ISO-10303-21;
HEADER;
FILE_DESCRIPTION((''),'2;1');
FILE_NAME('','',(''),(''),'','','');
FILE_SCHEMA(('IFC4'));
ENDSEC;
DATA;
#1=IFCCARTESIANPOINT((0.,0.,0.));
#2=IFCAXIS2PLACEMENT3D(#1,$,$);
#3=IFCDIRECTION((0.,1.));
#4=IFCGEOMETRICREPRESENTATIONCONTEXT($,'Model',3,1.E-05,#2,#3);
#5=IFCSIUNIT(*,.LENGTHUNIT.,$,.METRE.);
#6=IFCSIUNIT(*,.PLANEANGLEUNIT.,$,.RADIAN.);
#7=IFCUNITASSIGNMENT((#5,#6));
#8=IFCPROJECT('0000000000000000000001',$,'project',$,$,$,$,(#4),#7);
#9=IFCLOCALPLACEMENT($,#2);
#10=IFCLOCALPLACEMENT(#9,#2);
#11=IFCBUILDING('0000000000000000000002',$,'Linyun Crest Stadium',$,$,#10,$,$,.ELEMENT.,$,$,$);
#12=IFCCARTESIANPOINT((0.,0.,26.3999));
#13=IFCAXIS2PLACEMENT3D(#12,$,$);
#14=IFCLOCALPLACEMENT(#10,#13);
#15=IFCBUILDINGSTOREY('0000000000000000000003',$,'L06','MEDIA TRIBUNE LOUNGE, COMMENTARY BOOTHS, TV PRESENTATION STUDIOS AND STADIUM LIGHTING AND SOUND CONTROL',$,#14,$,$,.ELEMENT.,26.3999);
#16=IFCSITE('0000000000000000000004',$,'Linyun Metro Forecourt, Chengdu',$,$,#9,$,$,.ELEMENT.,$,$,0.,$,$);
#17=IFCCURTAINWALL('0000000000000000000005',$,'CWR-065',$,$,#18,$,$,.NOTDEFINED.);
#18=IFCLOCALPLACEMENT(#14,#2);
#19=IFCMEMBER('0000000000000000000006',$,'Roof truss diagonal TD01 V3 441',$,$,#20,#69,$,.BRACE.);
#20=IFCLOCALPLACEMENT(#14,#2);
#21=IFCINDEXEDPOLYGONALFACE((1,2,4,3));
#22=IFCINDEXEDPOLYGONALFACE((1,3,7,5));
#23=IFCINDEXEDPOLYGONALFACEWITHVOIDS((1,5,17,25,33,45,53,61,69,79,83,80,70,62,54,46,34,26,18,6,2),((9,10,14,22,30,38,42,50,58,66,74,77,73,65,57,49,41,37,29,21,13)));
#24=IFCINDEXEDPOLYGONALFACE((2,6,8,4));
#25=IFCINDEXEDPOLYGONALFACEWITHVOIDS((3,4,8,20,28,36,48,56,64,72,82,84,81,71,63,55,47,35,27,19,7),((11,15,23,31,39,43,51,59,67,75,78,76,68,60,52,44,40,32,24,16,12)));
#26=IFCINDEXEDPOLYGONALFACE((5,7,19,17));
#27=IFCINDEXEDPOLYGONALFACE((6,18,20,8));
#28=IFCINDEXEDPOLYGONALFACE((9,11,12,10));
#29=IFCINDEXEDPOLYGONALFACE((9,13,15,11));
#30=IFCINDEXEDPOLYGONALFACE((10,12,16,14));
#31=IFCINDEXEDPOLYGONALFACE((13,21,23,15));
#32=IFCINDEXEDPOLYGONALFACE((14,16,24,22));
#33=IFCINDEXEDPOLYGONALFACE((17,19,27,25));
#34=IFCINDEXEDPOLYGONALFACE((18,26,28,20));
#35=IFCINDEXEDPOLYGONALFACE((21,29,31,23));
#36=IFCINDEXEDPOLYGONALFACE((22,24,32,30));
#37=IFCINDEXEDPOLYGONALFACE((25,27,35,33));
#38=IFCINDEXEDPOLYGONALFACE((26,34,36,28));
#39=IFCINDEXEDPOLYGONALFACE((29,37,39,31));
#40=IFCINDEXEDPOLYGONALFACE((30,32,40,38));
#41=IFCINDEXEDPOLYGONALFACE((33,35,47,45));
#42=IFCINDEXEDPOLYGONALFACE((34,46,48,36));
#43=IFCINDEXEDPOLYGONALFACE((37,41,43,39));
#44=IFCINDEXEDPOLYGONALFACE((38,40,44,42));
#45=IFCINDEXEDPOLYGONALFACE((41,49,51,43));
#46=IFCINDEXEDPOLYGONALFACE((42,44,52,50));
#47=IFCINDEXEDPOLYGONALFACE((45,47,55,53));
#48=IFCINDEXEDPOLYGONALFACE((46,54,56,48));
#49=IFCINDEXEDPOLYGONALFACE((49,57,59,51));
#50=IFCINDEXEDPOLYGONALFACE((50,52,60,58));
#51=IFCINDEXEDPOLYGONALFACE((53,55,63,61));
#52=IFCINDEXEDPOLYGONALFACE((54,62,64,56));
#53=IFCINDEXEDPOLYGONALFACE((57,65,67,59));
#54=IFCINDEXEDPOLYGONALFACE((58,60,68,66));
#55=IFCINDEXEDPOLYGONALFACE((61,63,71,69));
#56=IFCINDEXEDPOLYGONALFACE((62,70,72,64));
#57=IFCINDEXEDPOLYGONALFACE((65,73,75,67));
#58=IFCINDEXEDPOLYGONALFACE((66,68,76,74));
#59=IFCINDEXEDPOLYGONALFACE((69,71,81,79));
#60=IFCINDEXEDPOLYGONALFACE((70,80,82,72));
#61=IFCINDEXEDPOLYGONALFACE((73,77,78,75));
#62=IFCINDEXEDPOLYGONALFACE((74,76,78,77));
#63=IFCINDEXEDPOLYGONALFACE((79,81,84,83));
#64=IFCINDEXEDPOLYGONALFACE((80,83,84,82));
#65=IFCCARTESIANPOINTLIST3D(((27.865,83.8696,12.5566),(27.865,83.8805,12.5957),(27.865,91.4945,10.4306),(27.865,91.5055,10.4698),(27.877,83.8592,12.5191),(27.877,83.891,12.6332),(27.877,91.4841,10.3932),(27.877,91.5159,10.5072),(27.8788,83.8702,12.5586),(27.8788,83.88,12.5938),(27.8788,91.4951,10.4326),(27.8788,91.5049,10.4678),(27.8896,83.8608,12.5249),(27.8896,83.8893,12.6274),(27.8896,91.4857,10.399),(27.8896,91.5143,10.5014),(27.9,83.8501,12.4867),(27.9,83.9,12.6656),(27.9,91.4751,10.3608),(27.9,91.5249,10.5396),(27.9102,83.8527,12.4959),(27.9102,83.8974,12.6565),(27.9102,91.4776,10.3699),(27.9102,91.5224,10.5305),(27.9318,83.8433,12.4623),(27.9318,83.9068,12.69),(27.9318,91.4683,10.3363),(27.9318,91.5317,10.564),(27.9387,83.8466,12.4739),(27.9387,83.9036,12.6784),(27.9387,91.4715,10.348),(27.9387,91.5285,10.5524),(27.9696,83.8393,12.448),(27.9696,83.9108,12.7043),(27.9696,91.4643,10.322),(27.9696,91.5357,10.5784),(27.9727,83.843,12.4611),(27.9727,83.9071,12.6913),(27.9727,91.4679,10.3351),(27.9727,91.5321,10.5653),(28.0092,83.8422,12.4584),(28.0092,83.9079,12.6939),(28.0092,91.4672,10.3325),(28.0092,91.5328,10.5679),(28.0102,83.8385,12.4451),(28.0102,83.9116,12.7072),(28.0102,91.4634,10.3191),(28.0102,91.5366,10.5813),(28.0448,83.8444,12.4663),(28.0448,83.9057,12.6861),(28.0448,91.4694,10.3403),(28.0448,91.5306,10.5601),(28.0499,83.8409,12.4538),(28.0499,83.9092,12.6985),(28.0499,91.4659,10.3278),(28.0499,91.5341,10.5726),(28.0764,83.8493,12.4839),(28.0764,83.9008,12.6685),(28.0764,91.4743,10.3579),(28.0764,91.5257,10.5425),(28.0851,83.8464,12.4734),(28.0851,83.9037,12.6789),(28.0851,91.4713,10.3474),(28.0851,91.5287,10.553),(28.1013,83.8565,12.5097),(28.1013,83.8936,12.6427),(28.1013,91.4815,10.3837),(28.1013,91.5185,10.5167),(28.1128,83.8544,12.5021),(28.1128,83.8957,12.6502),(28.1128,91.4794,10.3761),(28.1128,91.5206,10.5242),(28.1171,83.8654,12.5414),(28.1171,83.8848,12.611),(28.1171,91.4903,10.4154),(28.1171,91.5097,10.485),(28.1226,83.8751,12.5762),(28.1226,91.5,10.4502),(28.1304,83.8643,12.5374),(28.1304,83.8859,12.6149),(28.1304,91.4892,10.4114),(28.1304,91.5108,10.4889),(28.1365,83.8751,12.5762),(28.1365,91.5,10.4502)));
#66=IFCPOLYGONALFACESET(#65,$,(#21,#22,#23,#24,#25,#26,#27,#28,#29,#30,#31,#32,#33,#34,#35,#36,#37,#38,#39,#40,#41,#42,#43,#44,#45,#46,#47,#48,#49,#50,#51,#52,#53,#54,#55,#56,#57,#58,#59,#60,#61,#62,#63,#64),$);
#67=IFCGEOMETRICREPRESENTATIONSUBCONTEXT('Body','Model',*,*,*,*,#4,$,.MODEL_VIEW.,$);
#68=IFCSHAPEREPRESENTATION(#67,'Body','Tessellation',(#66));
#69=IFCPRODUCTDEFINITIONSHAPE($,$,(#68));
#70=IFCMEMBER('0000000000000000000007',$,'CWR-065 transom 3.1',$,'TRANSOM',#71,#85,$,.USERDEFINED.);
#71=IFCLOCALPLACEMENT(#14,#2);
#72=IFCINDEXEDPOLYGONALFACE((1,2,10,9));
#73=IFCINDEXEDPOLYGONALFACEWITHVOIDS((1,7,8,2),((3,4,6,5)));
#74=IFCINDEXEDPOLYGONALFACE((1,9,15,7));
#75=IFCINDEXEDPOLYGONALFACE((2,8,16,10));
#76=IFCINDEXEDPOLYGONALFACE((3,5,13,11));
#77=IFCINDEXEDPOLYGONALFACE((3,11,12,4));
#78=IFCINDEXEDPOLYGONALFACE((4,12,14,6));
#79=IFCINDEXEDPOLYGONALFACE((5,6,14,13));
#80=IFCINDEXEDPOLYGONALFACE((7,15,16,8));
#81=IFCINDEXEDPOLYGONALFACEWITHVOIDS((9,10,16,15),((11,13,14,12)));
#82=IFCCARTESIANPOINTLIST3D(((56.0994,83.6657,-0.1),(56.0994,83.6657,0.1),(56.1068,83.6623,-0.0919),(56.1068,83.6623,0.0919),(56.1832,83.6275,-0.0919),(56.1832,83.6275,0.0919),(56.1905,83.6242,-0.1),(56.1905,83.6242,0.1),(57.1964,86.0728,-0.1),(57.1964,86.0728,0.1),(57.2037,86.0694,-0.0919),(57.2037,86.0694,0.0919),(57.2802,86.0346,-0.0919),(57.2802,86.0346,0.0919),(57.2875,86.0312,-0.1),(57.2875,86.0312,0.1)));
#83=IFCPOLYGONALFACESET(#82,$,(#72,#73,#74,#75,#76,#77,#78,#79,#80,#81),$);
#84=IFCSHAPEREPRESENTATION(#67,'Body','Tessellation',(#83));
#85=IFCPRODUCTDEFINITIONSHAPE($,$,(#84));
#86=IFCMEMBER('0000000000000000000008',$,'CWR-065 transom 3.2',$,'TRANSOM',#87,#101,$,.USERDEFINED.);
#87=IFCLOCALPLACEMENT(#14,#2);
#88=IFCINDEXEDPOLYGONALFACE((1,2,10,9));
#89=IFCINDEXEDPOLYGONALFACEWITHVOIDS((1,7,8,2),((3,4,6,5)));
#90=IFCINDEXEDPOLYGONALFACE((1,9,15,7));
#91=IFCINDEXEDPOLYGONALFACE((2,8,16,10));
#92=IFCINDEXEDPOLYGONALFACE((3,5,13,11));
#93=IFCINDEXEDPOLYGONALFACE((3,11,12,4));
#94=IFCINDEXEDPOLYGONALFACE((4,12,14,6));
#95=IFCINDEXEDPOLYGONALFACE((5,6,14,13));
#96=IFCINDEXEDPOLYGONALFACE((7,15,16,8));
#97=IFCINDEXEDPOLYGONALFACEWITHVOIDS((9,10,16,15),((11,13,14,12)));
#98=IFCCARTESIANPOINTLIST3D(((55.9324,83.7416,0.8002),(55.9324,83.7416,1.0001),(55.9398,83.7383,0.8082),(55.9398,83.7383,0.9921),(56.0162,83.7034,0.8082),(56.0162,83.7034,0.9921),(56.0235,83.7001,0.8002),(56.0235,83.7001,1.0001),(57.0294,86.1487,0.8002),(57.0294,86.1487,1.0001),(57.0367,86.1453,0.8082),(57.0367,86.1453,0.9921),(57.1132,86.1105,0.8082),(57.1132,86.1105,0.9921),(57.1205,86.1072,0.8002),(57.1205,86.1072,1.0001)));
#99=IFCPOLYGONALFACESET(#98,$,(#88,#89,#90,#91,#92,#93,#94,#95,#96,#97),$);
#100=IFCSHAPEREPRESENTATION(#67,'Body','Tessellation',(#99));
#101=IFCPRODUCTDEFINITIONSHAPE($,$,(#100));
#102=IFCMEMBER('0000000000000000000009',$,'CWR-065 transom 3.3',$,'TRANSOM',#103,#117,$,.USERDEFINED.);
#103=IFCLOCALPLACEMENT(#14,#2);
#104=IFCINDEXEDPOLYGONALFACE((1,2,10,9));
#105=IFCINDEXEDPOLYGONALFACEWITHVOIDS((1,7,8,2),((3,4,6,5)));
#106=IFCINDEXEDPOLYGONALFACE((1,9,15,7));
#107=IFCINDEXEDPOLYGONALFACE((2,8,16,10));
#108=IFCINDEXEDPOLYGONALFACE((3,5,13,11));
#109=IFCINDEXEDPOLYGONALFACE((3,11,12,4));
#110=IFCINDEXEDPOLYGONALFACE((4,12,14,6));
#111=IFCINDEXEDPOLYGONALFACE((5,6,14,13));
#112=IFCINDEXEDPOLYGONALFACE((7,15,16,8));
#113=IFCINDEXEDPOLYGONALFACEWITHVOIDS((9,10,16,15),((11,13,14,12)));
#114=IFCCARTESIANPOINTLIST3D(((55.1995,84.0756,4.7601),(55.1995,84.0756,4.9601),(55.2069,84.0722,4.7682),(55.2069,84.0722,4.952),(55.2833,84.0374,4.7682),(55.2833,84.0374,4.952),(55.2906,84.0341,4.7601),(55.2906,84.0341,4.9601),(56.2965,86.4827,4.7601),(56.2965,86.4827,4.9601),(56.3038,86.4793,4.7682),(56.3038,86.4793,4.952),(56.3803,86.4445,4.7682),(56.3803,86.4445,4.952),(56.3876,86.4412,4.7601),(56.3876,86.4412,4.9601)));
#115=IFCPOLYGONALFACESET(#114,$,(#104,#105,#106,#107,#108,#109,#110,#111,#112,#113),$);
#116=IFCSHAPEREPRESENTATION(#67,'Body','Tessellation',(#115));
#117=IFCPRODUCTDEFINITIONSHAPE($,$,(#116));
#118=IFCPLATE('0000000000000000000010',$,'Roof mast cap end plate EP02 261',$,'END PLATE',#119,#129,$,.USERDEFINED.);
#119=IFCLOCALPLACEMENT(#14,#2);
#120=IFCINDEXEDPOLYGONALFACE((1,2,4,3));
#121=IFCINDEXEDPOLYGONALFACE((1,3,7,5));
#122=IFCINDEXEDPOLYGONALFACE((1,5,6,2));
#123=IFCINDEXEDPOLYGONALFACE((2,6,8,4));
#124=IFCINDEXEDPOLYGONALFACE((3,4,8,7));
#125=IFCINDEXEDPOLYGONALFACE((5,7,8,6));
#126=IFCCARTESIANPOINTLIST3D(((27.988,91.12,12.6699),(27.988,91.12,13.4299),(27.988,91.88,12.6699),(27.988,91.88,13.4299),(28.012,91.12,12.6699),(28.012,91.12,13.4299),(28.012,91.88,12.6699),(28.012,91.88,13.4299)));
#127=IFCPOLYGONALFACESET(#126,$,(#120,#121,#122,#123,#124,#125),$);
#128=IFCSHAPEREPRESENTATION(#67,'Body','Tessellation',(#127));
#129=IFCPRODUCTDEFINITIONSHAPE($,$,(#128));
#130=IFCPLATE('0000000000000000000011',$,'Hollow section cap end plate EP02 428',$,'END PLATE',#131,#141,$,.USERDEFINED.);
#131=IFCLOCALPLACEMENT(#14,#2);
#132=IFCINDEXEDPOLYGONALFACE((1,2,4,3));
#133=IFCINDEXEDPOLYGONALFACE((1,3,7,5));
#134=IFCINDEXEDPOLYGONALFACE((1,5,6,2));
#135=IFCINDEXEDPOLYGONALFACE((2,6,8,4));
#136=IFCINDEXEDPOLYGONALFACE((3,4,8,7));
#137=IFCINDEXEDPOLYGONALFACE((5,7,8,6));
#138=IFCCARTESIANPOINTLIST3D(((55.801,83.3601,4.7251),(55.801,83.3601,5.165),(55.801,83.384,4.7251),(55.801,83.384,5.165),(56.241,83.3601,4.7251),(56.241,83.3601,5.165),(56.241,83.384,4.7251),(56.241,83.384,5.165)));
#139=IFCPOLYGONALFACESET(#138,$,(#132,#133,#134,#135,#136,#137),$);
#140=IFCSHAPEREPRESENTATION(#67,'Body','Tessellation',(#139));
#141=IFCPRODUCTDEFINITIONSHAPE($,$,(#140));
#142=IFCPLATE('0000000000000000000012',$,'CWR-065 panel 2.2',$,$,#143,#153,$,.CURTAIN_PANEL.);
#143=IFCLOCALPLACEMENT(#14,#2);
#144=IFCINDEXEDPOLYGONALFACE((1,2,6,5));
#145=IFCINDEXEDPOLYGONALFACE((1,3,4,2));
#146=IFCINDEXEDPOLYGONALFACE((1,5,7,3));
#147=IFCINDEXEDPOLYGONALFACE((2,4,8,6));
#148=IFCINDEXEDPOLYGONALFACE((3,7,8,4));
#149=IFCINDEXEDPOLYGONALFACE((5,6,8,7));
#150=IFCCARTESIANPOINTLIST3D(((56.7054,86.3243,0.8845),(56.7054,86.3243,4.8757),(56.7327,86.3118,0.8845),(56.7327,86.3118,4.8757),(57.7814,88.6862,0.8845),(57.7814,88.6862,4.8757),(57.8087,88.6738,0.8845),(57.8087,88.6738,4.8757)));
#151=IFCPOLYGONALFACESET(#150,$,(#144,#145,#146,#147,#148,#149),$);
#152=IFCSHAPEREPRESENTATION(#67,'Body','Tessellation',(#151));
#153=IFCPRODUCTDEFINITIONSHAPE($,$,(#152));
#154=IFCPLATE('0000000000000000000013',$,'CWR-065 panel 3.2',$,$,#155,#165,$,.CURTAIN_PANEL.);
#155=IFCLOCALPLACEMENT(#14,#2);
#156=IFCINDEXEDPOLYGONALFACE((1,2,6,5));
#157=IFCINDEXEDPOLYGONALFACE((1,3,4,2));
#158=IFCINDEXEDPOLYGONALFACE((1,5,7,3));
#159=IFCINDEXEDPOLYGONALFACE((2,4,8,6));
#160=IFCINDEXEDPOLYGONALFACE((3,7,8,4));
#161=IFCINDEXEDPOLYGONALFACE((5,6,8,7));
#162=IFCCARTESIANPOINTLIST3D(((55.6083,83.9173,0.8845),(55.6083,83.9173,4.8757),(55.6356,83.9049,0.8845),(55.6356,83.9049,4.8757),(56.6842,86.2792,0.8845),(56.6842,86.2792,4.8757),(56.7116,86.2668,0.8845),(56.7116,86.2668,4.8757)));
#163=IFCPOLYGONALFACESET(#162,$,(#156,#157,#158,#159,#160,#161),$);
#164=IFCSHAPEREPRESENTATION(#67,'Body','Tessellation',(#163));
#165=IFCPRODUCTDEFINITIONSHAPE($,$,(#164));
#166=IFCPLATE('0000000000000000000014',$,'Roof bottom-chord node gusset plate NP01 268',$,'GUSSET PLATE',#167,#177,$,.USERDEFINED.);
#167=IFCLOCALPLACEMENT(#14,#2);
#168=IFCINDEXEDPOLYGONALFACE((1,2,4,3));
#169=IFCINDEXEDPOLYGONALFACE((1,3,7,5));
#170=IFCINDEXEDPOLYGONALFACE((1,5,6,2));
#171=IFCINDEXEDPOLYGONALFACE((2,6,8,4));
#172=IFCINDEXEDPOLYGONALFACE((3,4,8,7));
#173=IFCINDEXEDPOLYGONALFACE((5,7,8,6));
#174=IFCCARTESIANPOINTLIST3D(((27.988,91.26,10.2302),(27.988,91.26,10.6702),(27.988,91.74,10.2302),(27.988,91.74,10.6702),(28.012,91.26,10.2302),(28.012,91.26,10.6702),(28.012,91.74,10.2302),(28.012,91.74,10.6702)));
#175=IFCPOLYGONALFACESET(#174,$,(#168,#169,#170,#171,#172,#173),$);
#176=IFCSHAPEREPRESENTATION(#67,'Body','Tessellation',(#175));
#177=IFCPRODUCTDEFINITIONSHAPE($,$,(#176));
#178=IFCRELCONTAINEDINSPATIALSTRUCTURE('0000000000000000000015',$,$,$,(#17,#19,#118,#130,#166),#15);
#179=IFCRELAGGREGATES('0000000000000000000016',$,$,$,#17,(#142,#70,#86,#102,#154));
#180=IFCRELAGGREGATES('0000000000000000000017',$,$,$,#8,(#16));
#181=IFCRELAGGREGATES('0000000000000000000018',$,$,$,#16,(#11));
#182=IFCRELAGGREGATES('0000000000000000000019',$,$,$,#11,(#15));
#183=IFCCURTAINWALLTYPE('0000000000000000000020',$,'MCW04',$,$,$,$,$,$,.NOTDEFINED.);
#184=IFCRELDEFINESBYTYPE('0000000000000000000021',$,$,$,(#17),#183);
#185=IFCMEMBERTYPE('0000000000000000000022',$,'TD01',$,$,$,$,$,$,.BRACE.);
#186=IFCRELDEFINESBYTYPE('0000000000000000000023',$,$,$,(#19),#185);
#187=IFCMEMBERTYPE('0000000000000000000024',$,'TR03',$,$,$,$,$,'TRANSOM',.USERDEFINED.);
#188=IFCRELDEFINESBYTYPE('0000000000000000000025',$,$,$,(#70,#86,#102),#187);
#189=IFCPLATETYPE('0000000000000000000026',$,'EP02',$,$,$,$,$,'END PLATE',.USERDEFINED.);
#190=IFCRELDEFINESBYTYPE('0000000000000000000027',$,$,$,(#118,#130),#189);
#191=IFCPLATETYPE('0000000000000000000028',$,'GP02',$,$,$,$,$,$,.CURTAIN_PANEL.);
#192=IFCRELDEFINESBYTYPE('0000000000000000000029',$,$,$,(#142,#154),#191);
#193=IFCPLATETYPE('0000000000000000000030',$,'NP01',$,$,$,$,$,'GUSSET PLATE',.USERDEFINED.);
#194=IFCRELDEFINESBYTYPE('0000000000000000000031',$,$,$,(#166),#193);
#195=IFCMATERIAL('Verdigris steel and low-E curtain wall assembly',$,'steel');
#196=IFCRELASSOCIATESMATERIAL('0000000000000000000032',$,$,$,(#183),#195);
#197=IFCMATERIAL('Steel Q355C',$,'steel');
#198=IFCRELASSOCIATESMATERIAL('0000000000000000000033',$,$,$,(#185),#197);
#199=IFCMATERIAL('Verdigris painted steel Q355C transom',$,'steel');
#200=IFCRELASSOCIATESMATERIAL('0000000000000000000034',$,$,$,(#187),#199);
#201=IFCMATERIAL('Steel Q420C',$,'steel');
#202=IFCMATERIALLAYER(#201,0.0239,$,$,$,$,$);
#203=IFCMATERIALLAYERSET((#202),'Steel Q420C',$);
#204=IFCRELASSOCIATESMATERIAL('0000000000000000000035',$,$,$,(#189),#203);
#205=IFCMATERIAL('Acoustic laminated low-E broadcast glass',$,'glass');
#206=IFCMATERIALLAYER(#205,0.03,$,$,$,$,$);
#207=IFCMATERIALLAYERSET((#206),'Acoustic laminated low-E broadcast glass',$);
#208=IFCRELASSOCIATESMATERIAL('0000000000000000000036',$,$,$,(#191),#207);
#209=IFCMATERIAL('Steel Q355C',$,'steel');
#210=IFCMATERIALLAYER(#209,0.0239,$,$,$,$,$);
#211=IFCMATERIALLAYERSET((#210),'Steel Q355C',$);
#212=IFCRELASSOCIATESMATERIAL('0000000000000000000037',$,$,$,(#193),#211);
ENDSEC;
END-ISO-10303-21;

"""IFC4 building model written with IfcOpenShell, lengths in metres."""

from ifc_helpers import new_model, si_unit, direction, frame, origin, origin_2d, place, context, subcontext, project, spatial, rectangle, hollow_rectangle, hollow_circle, extrude, material, layer, layer_set, material_profile, profile_set, type_object, element, aggregate, save


model = new_model("IFC4")

# Units and contexts
model_context = context("Model", 3, precision=1e-05, world=origin(), true_north=direction((0.0, 1.0)))
body_context = subcontext(model_context, "Body", "Model", "MODEL_VIEW")
ifc_project = project(units=[si_unit("LENGTHUNIT", "METRE"), si_unit("PLANEANGLEUNIT", "RADIAN")], contexts=[model_context])

# Site, building, storey
site_placement = place(None, origin())
site = spatial("IfcSite", under=ifc_project, at=site_placement, Name="Linyun Metro Forecourt, Chengdu", CompositionType="ELEMENT", RefElevation=0.0)
building_placement = place(site_placement, origin())
building = spatial("IfcBuilding", under=site, at=building_placement, Name="Linyun Crest Stadium", CompositionType="ELEMENT")
storey_placement = place(building_placement, frame((0.0, 0.0, 26.3999)))
storey = spatial("IfcBuildingStorey", under=building, at=storey_placement, Name="L06", Description="MEDIA TRIBUNE LOUNGE, COMMENTARY BOOTHS, TV PRESENTATION STUDIOS AND STADIUM LIGHTING AND SOUND CONTROL", CompositionType="ELEMENT", Elevation=26.3999)

# Curtain wall
ifc_material_1 = material(Name="Verdigris steel and low-E curtain wall assembly", Category="steel")
curtain_wall_type = type_object("IfcCurtainWallType", Name="MCW04", PredefinedType="NOTDEFINED", material=ifc_material_1)
curtain_wall_placement = place(storey_placement, origin())
curtain_wall = element("IfcCurtainWall", 1, at=curtain_wall_placement, inside=storey, type_object=curtain_wall_type, Name="CWR-065", PredefinedType="NOTDEFINED")

# Member
ifc_material_2 = material(Name="Steel Q355C", Category="steel")
ifc_material_profile_1 = material_profile(ifc_material_2, hollow_circle(Radius=0.1365, WallThickness=0.0139, at=origin_2d()), Name="CHS 273x14")
ifc_profile_set_1 = profile_set([ifc_material_profile_1], Name="Steel Q355C")
member_type_1 = type_object("IfcMemberType", Name="TD01", PredefinedType="BRACE", material=ifc_profile_set_1)
member_1_placement = place(storey_placement, frame((28.0, 91.5, 10.4502), z_axis=(0.0, -0.963259, 0.268573), x_axis=(1.0, 0.0, 0.0)))
element("IfcMember", 2, at=member_1_placement, inside=storey, type_object=member_type_1, Name="Roof truss diagonal TD01 V3 441", PredefinedType="BRACE", context=body_context, shape_type="SweptSolid", body=[
    extrude(hollow_circle(Radius=0.1365, WallThickness=0.0139, at=origin_2d()), origin(), (0.0, 0.0, 1.0), 7.9158),
])

# Members
ifc_material_3 = material(Name="Verdigris painted steel Q355C transom", Category="steel")
ifc_material_profile_2 = material_profile(ifc_material_3, hollow_rectangle(XDim=0.1001, YDim=0.2, WallThickness=0.0081, at=origin_2d()), Name="RHS 200x100x8")
ifc_profile_set_2 = profile_set([ifc_material_profile_2], Name="Verdigris painted steel Q355C transom")
member_type_2 = type_object("IfcMemberType", Name="TR03", ElementType="TRANSOM", PredefinedType="USERDEFINED", material=ifc_profile_set_2)
member_2_placement = place(storey_placement, frame((57.2419, 86.052, 0.0), z_axis=(-0.414693, -0.909961, 0.0), x_axis=(0.909961, -0.414693, 0.0)))
member_2 = element("IfcMember", 3, at=member_2_placement, type_object=member_type_2, Name="CWR-065 transom 3.1", ObjectType="TRANSOM", PredefinedType="USERDEFINED", context=body_context, shape_type="SweptSolid", body=[
    extrude(hollow_rectangle(XDim=0.1001, YDim=0.2, WallThickness=0.0081, at=origin_2d()), origin(), (0.0, 0.0, 1.0), 2.6453),
])
member_3_placement = place(storey_placement, frame((57.075, 86.1279, 0.9001), z_axis=(-0.414693, -0.909961, 0.0), x_axis=(0.909961, -0.414693, 0.0)))
member_3 = element("IfcMember", 4, at=member_3_placement, type_object=member_type_2, Name="CWR-065 transom 3.2", ObjectType="TRANSOM", PredefinedType="USERDEFINED", context=body_context, shape_type="SweptSolid", body=[
    extrude(hollow_rectangle(XDim=0.1001, YDim=0.2, WallThickness=0.0081, at=origin_2d()), origin(), (0.0, 0.0, 1.0), 2.6453),
])
member_4_placement = place(storey_placement, frame((56.342, 86.4619, 4.8601), z_axis=(-0.414693, -0.909961, 0.0), x_axis=(0.909961, -0.414693, 0.0)))
member_4 = element("IfcMember", 5, at=member_4_placement, type_object=member_type_2, Name="CWR-065 transom 3.3", ObjectType="TRANSOM", PredefinedType="USERDEFINED", context=body_context, shape_type="SweptSolid", body=[
    extrude(hollow_rectangle(XDim=0.1001, YDim=0.2, WallThickness=0.0081, at=origin_2d()), origin(), (0.0, 0.0, 1.0), 2.6453),
])

# Plates
ifc_material_4 = material(Name="Steel Q420C", Category="steel")
ifc_layer_1 = layer(ifc_material_4, 0.0239)
ifc_layer_set_1 = layer_set([ifc_layer_1], Name="Steel Q420C")
plate_type_1 = type_object("IfcPlateType", Name="EP02", ElementType="END PLATE", PredefinedType="USERDEFINED", material=ifc_layer_set_1)
plate_1_placement = place(storey_placement, frame((28.0, 91.5, 12.6699), z_axis=(0.0, 0.0, 1.0), x_axis=(0.0, 1.0, 0.0)))
element("IfcPlate", 6, at=plate_1_placement, inside=storey, type_object=plate_type_1, Name="Roof mast cap end plate EP02 261", ObjectType="END PLATE", PredefinedType="USERDEFINED", context=body_context, shape_type="SweptSolid", body=[
    extrude(rectangle(XDim=0.76, YDim=0.0239, at=origin_2d()), origin(), (0.0, 0.0, 1.0), 0.76),
])
plate_2_placement = place(storey_placement, frame((56.021, 83.3721, 4.7251), z_axis=(0.0, 0.0, 1.0), x_axis=(1.0, 0.0, 0.0)))
element("IfcPlate", 7, at=plate_2_placement, inside=storey, type_object=plate_type_1, Name="Hollow section cap end plate EP02 428", ObjectType="END PLATE", PredefinedType="USERDEFINED", context=body_context, shape_type="SweptSolid", body=[
    extrude(rectangle(XDim=0.4399, YDim=0.0239, at=origin_2d()), origin(), (0.0, 0.0, 1.0), 0.4399),
])

# Plates
ifc_material_5 = material(Name="Acoustic laminated low-E broadcast glass", Category="glass")
ifc_layer_2 = layer(ifc_material_5, 0.03)
ifc_layer_set_2 = layer_set([ifc_layer_2], Name="Acoustic laminated low-E broadcast glass")
plate_type_2 = type_object("IfcPlateType", Name="GP02", PredefinedType="CURTAIN_PANEL", material=ifc_layer_set_2)
plate_3_placement = place(storey_placement, frame((57.2571, 87.499, 0.8845), z_axis=(0.0, 0.0, 1.0), x_axis=(-0.414566, -0.910019, 0.0)))
plate_3 = element("IfcPlate", 8, at=plate_3_placement, type_object=plate_type_2, Name="CWR-065 panel 2.2", PredefinedType="CURTAIN_PANEL", context=body_context, shape_type="SweptSolid", body=[
    extrude(rectangle(XDim=2.5955, YDim=0.03, at=origin_2d()), origin(), (0.0, 0.0, 1.0), 3.9912),
])
plate_4_placement = place(storey_placement, frame((56.1599, 85.092, 0.8845), z_axis=(0.0, 0.0, 1.0), x_axis=(-0.414566, -0.910019, 0.0)))
plate_4 = element("IfcPlate", 9, at=plate_4_placement, type_object=plate_type_2, Name="CWR-065 panel 3.2", PredefinedType="CURTAIN_PANEL", context=body_context, shape_type="SweptSolid", body=[
    extrude(rectangle(XDim=2.5955, YDim=0.03, at=origin_2d()), origin(), (0.0, 0.0, 1.0), 3.9912),
])

# Plate
ifc_material_6 = material(Name="Steel Q355C", Category="steel")
ifc_layer_3 = layer(ifc_material_6, 0.0239)
ifc_layer_set_3 = layer_set([ifc_layer_3], Name="Steel Q355C")
plate_type_3 = type_object("IfcPlateType", Name="NP01", ElementType="GUSSET PLATE", PredefinedType="USERDEFINED", material=ifc_layer_set_3)
plate_5_placement = place(storey_placement, frame((28.0, 91.5, 10.2302), z_axis=(0.0, 0.0, 1.0), x_axis=(0.0, 1.0, 0.0)))
element("IfcPlate", 10, at=plate_5_placement, inside=storey, type_object=plate_type_3, Name="Roof bottom-chord node gusset plate NP01 268", ObjectType="GUSSET PLATE", PredefinedType="USERDEFINED", context=body_context, shape_type="SweptSolid", body=[
    extrude(rectangle(XDim=0.48, YDim=0.0239, at=origin_2d()), origin(), (0.0, 0.0, 1.0), 0.4399),
])

aggregate(curtain_wall, [plate_3, member_2, member_3, member_4, plate_4])

save(model, "model.ifc")
